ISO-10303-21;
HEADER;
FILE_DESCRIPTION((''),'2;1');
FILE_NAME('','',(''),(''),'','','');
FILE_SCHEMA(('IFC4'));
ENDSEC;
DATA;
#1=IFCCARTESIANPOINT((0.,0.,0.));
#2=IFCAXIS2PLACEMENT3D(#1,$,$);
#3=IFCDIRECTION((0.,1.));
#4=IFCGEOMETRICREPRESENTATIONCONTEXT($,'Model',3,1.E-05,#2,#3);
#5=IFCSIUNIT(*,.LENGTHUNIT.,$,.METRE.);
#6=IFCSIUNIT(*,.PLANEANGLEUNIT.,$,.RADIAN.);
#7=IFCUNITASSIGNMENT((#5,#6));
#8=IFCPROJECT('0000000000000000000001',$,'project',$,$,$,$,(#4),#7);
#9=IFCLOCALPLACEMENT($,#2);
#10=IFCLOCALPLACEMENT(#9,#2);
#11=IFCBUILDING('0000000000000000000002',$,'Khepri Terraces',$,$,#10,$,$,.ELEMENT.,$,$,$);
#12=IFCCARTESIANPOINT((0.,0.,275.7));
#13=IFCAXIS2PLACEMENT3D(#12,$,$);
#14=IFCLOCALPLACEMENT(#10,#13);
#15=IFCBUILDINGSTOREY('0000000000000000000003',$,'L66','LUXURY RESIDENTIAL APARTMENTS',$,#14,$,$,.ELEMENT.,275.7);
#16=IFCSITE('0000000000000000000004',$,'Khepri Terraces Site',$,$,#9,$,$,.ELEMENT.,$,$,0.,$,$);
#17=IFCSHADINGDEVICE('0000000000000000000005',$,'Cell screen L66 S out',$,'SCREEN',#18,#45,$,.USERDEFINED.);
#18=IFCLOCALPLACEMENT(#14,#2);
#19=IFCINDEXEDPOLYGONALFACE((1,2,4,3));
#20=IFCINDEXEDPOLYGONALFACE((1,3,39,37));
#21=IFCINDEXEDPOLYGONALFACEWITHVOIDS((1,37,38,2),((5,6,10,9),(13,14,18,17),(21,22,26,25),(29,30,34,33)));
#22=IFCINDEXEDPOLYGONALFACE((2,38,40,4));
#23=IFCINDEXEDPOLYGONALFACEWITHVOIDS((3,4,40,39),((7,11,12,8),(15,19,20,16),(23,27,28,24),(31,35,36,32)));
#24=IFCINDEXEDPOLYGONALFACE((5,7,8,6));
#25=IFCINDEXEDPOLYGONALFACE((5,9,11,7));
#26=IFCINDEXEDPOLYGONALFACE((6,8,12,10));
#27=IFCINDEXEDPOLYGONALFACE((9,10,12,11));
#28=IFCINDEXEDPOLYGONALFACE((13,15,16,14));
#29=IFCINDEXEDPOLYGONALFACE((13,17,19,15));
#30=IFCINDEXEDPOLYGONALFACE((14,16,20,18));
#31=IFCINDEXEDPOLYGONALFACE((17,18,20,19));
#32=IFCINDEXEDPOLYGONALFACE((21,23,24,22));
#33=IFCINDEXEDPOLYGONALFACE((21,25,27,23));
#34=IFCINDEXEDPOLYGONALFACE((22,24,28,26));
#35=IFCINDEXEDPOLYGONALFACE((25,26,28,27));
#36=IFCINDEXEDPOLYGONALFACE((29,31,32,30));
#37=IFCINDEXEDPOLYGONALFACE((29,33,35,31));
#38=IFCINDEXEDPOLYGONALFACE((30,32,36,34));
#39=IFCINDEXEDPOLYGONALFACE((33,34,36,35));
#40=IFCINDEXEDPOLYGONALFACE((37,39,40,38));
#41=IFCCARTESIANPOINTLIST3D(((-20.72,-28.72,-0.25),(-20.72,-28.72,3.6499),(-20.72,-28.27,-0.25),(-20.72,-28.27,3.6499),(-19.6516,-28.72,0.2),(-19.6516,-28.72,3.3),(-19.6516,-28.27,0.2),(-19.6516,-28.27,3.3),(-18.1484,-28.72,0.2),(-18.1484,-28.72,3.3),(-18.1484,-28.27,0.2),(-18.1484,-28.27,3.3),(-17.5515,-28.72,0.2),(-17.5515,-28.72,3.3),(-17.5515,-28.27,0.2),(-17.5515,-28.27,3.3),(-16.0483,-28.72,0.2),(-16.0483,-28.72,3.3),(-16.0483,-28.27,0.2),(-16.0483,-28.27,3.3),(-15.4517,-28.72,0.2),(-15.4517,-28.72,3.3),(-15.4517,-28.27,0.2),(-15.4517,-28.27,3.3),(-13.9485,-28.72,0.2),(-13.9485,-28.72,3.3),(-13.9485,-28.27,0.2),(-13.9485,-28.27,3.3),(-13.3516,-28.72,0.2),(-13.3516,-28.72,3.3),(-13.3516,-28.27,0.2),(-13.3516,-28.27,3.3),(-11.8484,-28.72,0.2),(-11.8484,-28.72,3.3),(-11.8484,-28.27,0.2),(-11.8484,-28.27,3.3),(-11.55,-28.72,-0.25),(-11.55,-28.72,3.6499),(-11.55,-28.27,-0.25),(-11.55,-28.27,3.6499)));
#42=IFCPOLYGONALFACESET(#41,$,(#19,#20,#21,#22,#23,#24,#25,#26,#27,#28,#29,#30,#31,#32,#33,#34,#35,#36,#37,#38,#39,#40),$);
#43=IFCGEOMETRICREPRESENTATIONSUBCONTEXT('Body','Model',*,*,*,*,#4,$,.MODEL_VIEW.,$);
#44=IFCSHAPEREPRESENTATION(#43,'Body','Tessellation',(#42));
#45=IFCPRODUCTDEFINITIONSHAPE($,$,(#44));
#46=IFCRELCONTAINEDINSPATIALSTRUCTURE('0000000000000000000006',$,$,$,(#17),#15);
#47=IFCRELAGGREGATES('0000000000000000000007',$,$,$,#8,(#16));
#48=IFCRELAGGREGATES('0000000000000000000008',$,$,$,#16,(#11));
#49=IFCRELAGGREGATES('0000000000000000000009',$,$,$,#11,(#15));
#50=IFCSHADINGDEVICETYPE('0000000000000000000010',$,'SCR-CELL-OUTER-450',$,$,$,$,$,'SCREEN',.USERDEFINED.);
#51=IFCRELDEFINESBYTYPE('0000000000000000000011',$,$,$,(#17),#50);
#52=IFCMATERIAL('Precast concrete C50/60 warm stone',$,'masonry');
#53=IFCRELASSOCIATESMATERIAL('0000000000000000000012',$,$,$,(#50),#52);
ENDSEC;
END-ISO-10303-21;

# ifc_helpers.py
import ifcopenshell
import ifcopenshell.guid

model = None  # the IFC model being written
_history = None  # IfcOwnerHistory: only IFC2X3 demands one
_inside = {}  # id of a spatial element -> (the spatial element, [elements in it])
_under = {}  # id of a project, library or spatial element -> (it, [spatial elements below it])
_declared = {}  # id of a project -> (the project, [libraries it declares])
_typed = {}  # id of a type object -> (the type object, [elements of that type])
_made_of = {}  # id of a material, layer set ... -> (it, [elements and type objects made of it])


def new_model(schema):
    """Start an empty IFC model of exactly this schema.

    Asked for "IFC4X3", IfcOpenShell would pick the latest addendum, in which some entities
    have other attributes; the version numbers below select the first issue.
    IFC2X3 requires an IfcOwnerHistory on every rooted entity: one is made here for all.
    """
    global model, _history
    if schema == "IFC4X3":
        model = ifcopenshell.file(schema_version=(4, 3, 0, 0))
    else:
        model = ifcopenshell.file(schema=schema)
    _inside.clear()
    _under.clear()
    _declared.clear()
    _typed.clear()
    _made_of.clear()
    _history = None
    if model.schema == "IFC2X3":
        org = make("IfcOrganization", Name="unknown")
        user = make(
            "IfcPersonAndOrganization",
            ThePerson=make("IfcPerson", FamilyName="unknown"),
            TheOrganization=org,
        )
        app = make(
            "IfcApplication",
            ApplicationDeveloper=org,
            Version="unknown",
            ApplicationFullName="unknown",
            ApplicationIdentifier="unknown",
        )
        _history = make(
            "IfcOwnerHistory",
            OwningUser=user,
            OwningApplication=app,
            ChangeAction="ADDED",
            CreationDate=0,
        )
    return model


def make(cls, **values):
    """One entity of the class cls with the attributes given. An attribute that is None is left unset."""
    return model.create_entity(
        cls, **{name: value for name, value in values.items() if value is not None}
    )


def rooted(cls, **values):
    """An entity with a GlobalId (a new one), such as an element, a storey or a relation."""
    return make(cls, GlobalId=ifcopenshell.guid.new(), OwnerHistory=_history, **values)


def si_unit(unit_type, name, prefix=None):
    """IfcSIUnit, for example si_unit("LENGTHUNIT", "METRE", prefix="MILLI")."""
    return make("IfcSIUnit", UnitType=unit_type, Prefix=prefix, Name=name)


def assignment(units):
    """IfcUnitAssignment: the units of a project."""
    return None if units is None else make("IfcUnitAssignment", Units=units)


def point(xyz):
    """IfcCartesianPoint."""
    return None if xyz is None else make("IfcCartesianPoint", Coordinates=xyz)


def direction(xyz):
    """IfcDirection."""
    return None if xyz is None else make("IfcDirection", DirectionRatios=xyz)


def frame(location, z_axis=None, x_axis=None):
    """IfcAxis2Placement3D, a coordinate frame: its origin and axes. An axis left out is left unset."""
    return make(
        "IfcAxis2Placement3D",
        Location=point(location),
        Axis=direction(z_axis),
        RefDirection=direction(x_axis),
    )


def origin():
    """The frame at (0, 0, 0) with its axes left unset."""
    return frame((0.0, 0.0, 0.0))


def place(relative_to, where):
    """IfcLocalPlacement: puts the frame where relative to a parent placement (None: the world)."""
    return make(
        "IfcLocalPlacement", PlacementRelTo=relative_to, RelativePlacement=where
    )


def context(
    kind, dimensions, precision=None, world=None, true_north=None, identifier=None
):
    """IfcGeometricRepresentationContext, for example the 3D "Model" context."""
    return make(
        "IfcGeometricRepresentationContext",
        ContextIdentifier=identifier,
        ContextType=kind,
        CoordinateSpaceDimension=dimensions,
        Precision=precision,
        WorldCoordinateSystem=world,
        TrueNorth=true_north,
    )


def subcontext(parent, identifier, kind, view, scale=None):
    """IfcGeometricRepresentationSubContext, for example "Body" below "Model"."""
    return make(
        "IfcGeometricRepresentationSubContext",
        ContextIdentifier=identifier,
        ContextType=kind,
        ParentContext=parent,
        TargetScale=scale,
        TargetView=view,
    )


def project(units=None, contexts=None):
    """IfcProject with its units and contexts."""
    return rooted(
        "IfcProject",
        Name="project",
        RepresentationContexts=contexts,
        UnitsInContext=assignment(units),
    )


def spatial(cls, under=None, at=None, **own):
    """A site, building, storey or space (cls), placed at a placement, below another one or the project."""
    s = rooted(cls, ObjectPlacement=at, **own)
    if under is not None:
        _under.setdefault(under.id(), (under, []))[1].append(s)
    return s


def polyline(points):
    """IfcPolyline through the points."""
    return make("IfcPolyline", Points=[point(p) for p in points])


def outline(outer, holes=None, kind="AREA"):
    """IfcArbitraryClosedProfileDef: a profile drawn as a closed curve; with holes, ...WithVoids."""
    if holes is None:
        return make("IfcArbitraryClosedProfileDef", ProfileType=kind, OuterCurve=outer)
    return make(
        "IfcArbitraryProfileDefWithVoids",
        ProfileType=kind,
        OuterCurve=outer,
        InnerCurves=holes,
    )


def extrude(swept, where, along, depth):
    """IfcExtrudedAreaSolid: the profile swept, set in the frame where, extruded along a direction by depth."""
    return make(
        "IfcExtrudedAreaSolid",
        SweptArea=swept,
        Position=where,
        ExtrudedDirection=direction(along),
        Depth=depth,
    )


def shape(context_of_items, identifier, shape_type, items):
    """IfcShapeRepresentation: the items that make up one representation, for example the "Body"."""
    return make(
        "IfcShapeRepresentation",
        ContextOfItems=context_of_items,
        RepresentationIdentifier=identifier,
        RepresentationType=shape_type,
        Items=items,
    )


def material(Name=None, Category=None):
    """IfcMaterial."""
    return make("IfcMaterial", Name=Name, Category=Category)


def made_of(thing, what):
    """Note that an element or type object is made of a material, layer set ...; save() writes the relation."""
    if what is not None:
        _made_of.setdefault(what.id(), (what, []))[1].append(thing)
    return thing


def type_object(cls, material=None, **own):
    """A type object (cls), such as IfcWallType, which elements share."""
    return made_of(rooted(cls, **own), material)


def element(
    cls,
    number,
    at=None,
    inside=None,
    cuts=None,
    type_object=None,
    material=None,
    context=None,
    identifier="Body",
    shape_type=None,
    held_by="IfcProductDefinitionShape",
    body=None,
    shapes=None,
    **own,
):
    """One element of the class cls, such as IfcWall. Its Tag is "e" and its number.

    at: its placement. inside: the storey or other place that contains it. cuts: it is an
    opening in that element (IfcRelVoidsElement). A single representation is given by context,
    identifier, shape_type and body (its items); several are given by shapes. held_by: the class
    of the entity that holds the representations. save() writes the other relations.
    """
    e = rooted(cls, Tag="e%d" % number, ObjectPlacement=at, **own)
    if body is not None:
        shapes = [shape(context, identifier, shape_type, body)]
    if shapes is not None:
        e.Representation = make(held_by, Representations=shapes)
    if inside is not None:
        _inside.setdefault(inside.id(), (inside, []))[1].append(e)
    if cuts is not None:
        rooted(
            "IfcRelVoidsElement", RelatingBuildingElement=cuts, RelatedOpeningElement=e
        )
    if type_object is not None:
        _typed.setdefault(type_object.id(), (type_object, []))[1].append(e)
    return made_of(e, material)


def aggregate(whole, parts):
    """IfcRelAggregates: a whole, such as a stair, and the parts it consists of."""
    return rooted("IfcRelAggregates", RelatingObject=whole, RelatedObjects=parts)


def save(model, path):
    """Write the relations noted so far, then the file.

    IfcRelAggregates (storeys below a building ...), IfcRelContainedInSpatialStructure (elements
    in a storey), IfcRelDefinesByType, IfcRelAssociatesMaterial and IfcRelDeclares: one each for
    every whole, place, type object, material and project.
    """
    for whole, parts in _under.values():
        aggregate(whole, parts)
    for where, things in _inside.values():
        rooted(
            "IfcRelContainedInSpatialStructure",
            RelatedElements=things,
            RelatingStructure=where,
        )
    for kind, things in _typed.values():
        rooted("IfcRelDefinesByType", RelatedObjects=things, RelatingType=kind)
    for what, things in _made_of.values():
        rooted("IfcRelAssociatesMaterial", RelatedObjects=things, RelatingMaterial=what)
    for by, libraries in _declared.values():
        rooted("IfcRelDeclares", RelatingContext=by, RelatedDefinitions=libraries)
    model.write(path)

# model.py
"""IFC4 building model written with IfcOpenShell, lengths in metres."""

from ifc_helpers import new_model, si_unit, direction, frame, origin, place, context, subcontext, project, spatial, polyline, outline, extrude, material, type_object, element, save


model = new_model("IFC4")

# Units and contexts
model_context = context("Model", 3, precision=1e-05, world=origin(), true_north=direction((0.0, 1.0)))
body_context = subcontext(model_context, "Body", "Model", "MODEL_VIEW")
ifc_project = project(units=[si_unit("LENGTHUNIT", "METRE"), si_unit("PLANEANGLEUNIT", "RADIAN")], contexts=[model_context])

# Site, building, storey
site_placement = place(None, origin())
site = spatial("IfcSite", under=ifc_project, at=site_placement, Name="Khepri Terraces Site", CompositionType="ELEMENT", RefElevation=0.0)
building_placement = place(site_placement, origin())
building = spatial("IfcBuilding", under=site, at=building_placement, Name="Khepri Terraces", CompositionType="ELEMENT")
storey_placement = place(building_placement, frame((0.0, 0.0, 275.7)))
storey = spatial("IfcBuildingStorey", under=building, at=storey_placement, Name="L66", Description="LUXURY RESIDENTIAL APARTMENTS", CompositionType="ELEMENT", Elevation=275.7)

# Shared definitions
ifc_material_1 = material(Name="Precast concrete C50/60 warm stone", Category="masonry")

# Shading device
shading_device_type_1 = type_object("IfcShadingDeviceType", Name="SCR-CELL-OUTER-450", ElementType="SCREEN", PredefinedType="USERDEFINED", material=ifc_material_1)
shading_device_1_placement = place(storey_placement, frame((-20.72, -28.27, -0.25), z_axis=(0.0, -1.0, 0.0), x_axis=(1.0, 0.0, 0.0)))
element("IfcShadingDevice", 1, at=shading_device_1_placement, inside=storey, type_object=shading_device_type_1, Name="Cell screen L66 S out", ObjectType="SCREEN", PredefinedType="USERDEFINED", context=body_context, shape_type="SweptSolid", body=[
    extrude(outline(polyline([(0.0, 0.0), (9.1699, 0.0), (9.1699, 3.8999), (0.0, 3.8999), (0.0, 0.0)]), holes=[polyline([(1.0684, 0.45), (2.5715, 0.45), (2.5715, 3.55), (1.0684, 3.55), (1.0684, 0.45)]), polyline([(3.1685, 0.45), (4.6716, 0.45), (4.6716, 3.55), (3.1685, 3.55), (3.1685, 0.45)]), polyline([(5.2683, 0.45), (6.7715, 0.45), (6.7715, 3.55), (5.2683, 3.55), (5.2683, 0.45)]), polyline([(7.3684, 0.45), (8.8716, 0.45), (8.8716, 3.55), (7.3684, 3.55), (7.3684, 0.45)])]), origin(), (0.0, 0.0, 1.0), 0.45),
])

save(model, "model.ifc")
